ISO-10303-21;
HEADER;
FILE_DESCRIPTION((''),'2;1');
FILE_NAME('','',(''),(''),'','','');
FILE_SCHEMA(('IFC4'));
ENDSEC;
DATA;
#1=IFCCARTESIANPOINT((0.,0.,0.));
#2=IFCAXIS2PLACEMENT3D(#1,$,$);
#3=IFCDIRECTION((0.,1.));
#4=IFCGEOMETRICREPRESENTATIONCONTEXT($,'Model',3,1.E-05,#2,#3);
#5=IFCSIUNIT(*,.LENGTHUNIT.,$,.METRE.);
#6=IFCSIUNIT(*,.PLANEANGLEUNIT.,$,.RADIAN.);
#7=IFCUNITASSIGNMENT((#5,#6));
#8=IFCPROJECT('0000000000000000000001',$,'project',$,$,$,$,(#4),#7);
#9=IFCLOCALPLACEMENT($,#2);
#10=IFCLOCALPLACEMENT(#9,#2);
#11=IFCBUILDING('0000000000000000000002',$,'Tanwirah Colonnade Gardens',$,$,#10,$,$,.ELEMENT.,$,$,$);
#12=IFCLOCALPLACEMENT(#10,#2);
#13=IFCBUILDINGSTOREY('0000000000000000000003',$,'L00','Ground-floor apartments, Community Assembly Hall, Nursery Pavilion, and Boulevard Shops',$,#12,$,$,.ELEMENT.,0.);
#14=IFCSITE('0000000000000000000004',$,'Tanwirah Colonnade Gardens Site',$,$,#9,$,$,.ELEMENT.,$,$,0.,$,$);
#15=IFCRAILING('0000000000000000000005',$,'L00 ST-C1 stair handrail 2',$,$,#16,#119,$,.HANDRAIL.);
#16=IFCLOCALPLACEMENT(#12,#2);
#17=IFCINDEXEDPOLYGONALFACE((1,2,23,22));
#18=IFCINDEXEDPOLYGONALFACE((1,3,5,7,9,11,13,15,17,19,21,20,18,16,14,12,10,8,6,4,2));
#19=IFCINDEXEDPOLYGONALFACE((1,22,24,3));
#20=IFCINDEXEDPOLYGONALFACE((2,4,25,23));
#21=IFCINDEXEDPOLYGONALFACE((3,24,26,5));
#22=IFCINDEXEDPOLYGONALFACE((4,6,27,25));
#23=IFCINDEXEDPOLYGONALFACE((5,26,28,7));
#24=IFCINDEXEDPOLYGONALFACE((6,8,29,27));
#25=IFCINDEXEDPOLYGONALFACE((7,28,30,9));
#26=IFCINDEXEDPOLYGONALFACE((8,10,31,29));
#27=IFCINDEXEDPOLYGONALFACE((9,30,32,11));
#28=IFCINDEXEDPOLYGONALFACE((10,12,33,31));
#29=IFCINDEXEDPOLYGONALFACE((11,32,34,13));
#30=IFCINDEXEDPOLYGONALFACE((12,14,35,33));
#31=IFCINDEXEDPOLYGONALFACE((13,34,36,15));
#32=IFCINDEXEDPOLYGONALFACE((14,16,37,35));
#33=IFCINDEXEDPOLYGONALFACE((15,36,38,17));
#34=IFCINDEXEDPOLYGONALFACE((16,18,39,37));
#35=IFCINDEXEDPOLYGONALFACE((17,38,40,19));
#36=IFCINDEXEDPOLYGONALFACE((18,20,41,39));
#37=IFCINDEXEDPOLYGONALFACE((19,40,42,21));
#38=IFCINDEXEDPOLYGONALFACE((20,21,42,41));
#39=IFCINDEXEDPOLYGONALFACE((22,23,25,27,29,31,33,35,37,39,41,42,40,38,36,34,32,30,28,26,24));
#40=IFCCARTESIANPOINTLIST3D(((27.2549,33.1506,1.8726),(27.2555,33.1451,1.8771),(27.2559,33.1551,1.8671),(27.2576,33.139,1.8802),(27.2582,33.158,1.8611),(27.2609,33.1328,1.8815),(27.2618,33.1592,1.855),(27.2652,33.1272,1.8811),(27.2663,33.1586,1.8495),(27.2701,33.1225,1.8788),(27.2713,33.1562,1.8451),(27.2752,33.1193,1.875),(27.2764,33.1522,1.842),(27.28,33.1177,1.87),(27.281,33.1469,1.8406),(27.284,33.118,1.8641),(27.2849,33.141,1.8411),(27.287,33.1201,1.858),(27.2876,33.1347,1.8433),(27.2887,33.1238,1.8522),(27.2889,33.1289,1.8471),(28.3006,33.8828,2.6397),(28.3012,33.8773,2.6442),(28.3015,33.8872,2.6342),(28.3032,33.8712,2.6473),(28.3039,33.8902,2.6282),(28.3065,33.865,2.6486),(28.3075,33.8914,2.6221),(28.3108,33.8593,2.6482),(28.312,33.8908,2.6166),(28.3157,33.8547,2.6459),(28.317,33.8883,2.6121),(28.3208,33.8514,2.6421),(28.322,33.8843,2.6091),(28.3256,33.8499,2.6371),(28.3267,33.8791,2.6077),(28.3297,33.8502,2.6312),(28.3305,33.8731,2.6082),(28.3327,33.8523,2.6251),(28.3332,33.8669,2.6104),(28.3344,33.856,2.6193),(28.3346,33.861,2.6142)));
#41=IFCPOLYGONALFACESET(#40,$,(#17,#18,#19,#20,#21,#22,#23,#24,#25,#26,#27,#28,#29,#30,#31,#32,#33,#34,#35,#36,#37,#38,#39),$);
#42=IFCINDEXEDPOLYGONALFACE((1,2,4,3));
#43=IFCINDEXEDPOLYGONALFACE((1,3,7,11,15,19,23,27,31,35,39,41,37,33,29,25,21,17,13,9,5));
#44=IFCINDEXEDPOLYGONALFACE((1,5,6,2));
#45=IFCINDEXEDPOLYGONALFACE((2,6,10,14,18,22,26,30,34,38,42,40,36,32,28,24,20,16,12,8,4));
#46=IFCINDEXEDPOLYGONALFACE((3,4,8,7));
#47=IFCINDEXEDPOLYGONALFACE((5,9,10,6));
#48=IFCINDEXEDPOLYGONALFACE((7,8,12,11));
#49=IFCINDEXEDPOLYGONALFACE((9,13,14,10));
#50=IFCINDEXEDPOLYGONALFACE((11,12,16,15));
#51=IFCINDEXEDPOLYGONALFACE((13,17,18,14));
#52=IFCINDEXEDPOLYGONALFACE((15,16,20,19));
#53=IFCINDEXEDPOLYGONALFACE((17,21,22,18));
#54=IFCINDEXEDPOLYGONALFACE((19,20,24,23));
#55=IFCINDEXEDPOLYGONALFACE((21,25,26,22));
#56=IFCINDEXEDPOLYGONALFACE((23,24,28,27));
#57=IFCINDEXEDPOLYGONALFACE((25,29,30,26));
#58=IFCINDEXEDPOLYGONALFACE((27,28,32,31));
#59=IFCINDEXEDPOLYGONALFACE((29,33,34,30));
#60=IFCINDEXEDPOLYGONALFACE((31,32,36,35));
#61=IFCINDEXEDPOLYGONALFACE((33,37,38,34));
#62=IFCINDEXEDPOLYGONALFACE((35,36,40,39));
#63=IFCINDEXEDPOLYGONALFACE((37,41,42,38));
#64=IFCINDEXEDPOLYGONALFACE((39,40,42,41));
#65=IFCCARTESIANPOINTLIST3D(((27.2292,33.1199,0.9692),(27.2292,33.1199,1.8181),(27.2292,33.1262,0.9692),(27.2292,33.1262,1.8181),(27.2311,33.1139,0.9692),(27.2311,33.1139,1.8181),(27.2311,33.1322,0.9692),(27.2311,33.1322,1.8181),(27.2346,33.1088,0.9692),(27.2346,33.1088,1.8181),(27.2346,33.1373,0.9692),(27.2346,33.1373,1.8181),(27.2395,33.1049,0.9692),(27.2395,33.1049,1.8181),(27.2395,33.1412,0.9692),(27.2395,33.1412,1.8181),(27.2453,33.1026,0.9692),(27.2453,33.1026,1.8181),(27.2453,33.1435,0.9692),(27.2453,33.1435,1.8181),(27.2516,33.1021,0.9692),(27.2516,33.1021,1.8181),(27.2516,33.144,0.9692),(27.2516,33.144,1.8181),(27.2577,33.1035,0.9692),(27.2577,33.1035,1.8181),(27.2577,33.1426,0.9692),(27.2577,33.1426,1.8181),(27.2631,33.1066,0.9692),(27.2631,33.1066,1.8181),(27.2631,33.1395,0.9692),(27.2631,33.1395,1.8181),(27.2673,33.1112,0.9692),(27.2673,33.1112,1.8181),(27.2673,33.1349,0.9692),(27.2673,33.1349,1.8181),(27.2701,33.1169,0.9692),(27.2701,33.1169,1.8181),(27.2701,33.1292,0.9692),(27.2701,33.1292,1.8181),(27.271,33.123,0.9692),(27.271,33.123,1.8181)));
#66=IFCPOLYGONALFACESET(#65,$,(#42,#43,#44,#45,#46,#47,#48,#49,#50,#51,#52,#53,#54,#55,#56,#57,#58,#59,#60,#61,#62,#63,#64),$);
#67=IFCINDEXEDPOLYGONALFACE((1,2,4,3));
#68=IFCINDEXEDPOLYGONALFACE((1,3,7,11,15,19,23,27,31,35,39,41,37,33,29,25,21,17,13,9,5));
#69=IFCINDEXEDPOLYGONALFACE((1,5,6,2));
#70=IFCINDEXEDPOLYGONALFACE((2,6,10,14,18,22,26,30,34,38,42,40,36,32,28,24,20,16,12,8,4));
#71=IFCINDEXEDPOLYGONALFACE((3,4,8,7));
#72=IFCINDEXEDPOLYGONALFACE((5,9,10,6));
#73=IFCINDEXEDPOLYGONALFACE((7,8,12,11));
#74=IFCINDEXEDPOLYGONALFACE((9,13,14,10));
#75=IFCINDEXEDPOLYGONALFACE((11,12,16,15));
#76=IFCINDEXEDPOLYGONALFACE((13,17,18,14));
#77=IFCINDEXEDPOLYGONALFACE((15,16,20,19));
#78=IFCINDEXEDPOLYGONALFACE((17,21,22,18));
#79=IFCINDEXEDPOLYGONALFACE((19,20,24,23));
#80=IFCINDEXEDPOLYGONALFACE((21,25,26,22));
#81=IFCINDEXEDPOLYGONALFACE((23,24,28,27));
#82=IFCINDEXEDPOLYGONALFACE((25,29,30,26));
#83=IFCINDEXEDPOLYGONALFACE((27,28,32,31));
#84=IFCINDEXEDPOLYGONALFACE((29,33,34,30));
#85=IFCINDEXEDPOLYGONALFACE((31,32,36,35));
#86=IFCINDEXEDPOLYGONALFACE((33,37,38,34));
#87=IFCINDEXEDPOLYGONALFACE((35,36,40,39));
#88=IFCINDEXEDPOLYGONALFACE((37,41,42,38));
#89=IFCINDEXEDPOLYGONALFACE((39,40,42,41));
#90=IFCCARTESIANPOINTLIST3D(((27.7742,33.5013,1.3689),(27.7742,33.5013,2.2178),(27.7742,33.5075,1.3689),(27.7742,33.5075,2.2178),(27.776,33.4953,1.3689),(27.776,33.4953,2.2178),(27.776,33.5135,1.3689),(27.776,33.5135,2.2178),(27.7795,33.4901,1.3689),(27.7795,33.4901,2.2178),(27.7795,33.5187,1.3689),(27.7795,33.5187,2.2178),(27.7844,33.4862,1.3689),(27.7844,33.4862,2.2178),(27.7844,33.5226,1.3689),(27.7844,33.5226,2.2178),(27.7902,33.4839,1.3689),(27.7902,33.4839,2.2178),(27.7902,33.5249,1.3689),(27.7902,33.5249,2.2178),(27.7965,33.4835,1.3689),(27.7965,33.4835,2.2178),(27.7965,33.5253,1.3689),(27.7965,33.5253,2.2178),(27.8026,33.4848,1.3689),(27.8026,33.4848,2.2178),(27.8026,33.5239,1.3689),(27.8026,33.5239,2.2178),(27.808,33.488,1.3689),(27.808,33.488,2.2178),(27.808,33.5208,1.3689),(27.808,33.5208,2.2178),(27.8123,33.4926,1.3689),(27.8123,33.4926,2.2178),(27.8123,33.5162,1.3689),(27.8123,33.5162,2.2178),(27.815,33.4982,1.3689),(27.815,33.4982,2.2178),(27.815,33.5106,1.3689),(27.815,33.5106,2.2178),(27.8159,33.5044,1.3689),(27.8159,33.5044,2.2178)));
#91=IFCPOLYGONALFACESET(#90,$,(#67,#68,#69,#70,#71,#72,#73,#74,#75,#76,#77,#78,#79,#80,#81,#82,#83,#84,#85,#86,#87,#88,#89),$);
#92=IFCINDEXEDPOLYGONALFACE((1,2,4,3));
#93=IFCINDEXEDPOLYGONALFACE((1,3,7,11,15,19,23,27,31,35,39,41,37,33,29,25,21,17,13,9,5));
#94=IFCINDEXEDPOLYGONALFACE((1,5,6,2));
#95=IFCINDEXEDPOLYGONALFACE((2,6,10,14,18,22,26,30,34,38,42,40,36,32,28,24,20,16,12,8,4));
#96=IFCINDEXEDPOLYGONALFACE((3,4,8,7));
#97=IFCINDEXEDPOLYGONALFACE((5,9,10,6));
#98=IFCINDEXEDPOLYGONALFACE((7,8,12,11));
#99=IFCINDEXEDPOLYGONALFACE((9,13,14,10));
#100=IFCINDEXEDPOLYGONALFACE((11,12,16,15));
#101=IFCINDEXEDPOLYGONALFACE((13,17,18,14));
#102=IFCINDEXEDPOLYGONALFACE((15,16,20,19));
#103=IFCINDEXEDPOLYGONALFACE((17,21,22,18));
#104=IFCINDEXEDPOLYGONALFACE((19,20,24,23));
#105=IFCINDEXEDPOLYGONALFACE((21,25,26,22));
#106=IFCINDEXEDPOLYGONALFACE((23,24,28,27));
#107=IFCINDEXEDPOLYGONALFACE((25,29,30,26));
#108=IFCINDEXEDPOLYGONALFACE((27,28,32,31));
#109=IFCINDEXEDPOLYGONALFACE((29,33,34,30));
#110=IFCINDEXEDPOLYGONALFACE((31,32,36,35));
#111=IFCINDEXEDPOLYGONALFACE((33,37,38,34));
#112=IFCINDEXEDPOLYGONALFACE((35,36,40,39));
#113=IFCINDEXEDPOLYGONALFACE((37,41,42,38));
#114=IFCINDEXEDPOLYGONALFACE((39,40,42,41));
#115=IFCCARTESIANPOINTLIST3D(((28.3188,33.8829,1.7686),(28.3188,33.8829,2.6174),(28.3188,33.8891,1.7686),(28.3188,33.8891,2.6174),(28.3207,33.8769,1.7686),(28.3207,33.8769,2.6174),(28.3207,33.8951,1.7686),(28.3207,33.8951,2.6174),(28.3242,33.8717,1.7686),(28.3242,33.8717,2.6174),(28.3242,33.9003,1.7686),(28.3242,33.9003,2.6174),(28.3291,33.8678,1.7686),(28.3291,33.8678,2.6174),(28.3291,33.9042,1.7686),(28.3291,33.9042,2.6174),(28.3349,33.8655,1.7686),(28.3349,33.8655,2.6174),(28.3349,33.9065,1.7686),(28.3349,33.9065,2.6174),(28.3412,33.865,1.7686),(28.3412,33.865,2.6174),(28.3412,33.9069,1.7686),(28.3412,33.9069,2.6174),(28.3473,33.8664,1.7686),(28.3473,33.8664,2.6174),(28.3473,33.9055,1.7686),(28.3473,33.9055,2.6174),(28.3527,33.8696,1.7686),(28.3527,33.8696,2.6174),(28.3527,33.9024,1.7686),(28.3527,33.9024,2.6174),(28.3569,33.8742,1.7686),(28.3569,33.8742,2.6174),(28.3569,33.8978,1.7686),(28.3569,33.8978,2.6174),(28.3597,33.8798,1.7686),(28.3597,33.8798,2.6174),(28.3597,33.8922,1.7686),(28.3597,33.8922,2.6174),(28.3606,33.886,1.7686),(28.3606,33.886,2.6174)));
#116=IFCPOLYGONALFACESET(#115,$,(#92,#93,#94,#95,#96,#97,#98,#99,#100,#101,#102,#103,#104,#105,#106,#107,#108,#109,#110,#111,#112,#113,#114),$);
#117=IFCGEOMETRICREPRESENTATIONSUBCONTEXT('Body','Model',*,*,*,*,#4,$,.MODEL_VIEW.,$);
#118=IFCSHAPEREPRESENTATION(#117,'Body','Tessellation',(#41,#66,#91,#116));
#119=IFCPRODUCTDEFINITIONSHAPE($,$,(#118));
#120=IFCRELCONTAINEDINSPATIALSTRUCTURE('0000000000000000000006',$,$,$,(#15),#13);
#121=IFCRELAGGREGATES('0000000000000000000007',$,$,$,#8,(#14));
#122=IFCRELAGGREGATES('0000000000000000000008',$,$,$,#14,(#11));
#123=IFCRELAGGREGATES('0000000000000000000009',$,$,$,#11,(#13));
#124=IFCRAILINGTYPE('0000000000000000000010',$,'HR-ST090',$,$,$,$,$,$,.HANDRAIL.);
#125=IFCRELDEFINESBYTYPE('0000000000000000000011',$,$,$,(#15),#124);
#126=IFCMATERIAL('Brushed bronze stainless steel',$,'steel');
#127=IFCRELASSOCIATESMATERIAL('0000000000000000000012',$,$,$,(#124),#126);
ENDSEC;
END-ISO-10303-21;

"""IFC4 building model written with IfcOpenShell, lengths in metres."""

from ifc_helpers import new_model, si_unit, direction, frame, origin, origin_2d, place, context, subcontext, project, spatial, circle, extrude, material, type_object, element, save


model = new_model("IFC4")

# Units and contexts
model_context = context("Model", 3, precision=1e-05, world=origin(), true_north=direction((0.0, 1.0)))
body_context = subcontext(model_context, "Body", "Model", "MODEL_VIEW")
ifc_project = project(units=[si_unit("LENGTHUNIT", "METRE"), si_unit("PLANEANGLEUNIT", "RADIAN")], contexts=[model_context])

# Site, building, storey
site_placement = place(None, origin())
site = spatial("IfcSite", under=ifc_project, at=site_placement, Name="Tanwirah Colonnade Gardens Site", CompositionType="ELEMENT", RefElevation=0.0)
building_placement = place(site_placement, origin())
building = spatial("IfcBuilding", under=site, at=building_placement, Name="Tanwirah Colonnade Gardens", CompositionType="ELEMENT")
storey_placement = place(building_placement, origin())
storey = spatial("IfcBuildingStorey", under=building, at=storey_placement, Name="L00", Description="Ground-floor apartments, Community Assembly Hall, Nursery Pavilion, and Boulevard Shops", CompositionType="ELEMENT", Elevation=0.0)

# Railing
ifc_material_1 = material(Name="Brushed bronze stainless steel", Category="steel")
railing_type_1 = type_object("IfcRailingType", Name="HR-ST090", PredefinedType="HANDRAIL", material=ifc_material_1)
railing_1_placement = place(storey_placement, frame((27.25, 33.123, 0.9692)))
element("IfcRailing", 1, at=railing_1_placement, inside=storey, type_object=railing_type_1, Name="L00 ST-C1 stair handrail 2", PredefinedType="HANDRAIL", context=body_context, shape_type="SweptSolid", body=[
    extrude(circle(Radius=0.0239, at=origin_2d()), frame((0.022, 0.0154, 0.8918), z_axis=(0.702134, 0.491635, 0.515076), x_axis=(-0.573573, 0.819154, 0.0)), (0.0, 0.0, 1.0), 1.4893),
    extrude(circle(Radius=0.021, at=origin_2d()), origin(), (0.0, 0.0, 1.0), 0.8489),
    extrude(circle(Radius=0.021, at=origin_2d()), frame((0.5449, 0.3813, 0.3997)), (0.0, 0.0, 1.0), 0.8489),
    extrude(circle(Radius=0.021, at=origin_2d()), frame((1.0896, 0.7629, 0.7993)), (0.0, 0.0, 1.0), 0.8489),
])

save(model, "model.ifc")
